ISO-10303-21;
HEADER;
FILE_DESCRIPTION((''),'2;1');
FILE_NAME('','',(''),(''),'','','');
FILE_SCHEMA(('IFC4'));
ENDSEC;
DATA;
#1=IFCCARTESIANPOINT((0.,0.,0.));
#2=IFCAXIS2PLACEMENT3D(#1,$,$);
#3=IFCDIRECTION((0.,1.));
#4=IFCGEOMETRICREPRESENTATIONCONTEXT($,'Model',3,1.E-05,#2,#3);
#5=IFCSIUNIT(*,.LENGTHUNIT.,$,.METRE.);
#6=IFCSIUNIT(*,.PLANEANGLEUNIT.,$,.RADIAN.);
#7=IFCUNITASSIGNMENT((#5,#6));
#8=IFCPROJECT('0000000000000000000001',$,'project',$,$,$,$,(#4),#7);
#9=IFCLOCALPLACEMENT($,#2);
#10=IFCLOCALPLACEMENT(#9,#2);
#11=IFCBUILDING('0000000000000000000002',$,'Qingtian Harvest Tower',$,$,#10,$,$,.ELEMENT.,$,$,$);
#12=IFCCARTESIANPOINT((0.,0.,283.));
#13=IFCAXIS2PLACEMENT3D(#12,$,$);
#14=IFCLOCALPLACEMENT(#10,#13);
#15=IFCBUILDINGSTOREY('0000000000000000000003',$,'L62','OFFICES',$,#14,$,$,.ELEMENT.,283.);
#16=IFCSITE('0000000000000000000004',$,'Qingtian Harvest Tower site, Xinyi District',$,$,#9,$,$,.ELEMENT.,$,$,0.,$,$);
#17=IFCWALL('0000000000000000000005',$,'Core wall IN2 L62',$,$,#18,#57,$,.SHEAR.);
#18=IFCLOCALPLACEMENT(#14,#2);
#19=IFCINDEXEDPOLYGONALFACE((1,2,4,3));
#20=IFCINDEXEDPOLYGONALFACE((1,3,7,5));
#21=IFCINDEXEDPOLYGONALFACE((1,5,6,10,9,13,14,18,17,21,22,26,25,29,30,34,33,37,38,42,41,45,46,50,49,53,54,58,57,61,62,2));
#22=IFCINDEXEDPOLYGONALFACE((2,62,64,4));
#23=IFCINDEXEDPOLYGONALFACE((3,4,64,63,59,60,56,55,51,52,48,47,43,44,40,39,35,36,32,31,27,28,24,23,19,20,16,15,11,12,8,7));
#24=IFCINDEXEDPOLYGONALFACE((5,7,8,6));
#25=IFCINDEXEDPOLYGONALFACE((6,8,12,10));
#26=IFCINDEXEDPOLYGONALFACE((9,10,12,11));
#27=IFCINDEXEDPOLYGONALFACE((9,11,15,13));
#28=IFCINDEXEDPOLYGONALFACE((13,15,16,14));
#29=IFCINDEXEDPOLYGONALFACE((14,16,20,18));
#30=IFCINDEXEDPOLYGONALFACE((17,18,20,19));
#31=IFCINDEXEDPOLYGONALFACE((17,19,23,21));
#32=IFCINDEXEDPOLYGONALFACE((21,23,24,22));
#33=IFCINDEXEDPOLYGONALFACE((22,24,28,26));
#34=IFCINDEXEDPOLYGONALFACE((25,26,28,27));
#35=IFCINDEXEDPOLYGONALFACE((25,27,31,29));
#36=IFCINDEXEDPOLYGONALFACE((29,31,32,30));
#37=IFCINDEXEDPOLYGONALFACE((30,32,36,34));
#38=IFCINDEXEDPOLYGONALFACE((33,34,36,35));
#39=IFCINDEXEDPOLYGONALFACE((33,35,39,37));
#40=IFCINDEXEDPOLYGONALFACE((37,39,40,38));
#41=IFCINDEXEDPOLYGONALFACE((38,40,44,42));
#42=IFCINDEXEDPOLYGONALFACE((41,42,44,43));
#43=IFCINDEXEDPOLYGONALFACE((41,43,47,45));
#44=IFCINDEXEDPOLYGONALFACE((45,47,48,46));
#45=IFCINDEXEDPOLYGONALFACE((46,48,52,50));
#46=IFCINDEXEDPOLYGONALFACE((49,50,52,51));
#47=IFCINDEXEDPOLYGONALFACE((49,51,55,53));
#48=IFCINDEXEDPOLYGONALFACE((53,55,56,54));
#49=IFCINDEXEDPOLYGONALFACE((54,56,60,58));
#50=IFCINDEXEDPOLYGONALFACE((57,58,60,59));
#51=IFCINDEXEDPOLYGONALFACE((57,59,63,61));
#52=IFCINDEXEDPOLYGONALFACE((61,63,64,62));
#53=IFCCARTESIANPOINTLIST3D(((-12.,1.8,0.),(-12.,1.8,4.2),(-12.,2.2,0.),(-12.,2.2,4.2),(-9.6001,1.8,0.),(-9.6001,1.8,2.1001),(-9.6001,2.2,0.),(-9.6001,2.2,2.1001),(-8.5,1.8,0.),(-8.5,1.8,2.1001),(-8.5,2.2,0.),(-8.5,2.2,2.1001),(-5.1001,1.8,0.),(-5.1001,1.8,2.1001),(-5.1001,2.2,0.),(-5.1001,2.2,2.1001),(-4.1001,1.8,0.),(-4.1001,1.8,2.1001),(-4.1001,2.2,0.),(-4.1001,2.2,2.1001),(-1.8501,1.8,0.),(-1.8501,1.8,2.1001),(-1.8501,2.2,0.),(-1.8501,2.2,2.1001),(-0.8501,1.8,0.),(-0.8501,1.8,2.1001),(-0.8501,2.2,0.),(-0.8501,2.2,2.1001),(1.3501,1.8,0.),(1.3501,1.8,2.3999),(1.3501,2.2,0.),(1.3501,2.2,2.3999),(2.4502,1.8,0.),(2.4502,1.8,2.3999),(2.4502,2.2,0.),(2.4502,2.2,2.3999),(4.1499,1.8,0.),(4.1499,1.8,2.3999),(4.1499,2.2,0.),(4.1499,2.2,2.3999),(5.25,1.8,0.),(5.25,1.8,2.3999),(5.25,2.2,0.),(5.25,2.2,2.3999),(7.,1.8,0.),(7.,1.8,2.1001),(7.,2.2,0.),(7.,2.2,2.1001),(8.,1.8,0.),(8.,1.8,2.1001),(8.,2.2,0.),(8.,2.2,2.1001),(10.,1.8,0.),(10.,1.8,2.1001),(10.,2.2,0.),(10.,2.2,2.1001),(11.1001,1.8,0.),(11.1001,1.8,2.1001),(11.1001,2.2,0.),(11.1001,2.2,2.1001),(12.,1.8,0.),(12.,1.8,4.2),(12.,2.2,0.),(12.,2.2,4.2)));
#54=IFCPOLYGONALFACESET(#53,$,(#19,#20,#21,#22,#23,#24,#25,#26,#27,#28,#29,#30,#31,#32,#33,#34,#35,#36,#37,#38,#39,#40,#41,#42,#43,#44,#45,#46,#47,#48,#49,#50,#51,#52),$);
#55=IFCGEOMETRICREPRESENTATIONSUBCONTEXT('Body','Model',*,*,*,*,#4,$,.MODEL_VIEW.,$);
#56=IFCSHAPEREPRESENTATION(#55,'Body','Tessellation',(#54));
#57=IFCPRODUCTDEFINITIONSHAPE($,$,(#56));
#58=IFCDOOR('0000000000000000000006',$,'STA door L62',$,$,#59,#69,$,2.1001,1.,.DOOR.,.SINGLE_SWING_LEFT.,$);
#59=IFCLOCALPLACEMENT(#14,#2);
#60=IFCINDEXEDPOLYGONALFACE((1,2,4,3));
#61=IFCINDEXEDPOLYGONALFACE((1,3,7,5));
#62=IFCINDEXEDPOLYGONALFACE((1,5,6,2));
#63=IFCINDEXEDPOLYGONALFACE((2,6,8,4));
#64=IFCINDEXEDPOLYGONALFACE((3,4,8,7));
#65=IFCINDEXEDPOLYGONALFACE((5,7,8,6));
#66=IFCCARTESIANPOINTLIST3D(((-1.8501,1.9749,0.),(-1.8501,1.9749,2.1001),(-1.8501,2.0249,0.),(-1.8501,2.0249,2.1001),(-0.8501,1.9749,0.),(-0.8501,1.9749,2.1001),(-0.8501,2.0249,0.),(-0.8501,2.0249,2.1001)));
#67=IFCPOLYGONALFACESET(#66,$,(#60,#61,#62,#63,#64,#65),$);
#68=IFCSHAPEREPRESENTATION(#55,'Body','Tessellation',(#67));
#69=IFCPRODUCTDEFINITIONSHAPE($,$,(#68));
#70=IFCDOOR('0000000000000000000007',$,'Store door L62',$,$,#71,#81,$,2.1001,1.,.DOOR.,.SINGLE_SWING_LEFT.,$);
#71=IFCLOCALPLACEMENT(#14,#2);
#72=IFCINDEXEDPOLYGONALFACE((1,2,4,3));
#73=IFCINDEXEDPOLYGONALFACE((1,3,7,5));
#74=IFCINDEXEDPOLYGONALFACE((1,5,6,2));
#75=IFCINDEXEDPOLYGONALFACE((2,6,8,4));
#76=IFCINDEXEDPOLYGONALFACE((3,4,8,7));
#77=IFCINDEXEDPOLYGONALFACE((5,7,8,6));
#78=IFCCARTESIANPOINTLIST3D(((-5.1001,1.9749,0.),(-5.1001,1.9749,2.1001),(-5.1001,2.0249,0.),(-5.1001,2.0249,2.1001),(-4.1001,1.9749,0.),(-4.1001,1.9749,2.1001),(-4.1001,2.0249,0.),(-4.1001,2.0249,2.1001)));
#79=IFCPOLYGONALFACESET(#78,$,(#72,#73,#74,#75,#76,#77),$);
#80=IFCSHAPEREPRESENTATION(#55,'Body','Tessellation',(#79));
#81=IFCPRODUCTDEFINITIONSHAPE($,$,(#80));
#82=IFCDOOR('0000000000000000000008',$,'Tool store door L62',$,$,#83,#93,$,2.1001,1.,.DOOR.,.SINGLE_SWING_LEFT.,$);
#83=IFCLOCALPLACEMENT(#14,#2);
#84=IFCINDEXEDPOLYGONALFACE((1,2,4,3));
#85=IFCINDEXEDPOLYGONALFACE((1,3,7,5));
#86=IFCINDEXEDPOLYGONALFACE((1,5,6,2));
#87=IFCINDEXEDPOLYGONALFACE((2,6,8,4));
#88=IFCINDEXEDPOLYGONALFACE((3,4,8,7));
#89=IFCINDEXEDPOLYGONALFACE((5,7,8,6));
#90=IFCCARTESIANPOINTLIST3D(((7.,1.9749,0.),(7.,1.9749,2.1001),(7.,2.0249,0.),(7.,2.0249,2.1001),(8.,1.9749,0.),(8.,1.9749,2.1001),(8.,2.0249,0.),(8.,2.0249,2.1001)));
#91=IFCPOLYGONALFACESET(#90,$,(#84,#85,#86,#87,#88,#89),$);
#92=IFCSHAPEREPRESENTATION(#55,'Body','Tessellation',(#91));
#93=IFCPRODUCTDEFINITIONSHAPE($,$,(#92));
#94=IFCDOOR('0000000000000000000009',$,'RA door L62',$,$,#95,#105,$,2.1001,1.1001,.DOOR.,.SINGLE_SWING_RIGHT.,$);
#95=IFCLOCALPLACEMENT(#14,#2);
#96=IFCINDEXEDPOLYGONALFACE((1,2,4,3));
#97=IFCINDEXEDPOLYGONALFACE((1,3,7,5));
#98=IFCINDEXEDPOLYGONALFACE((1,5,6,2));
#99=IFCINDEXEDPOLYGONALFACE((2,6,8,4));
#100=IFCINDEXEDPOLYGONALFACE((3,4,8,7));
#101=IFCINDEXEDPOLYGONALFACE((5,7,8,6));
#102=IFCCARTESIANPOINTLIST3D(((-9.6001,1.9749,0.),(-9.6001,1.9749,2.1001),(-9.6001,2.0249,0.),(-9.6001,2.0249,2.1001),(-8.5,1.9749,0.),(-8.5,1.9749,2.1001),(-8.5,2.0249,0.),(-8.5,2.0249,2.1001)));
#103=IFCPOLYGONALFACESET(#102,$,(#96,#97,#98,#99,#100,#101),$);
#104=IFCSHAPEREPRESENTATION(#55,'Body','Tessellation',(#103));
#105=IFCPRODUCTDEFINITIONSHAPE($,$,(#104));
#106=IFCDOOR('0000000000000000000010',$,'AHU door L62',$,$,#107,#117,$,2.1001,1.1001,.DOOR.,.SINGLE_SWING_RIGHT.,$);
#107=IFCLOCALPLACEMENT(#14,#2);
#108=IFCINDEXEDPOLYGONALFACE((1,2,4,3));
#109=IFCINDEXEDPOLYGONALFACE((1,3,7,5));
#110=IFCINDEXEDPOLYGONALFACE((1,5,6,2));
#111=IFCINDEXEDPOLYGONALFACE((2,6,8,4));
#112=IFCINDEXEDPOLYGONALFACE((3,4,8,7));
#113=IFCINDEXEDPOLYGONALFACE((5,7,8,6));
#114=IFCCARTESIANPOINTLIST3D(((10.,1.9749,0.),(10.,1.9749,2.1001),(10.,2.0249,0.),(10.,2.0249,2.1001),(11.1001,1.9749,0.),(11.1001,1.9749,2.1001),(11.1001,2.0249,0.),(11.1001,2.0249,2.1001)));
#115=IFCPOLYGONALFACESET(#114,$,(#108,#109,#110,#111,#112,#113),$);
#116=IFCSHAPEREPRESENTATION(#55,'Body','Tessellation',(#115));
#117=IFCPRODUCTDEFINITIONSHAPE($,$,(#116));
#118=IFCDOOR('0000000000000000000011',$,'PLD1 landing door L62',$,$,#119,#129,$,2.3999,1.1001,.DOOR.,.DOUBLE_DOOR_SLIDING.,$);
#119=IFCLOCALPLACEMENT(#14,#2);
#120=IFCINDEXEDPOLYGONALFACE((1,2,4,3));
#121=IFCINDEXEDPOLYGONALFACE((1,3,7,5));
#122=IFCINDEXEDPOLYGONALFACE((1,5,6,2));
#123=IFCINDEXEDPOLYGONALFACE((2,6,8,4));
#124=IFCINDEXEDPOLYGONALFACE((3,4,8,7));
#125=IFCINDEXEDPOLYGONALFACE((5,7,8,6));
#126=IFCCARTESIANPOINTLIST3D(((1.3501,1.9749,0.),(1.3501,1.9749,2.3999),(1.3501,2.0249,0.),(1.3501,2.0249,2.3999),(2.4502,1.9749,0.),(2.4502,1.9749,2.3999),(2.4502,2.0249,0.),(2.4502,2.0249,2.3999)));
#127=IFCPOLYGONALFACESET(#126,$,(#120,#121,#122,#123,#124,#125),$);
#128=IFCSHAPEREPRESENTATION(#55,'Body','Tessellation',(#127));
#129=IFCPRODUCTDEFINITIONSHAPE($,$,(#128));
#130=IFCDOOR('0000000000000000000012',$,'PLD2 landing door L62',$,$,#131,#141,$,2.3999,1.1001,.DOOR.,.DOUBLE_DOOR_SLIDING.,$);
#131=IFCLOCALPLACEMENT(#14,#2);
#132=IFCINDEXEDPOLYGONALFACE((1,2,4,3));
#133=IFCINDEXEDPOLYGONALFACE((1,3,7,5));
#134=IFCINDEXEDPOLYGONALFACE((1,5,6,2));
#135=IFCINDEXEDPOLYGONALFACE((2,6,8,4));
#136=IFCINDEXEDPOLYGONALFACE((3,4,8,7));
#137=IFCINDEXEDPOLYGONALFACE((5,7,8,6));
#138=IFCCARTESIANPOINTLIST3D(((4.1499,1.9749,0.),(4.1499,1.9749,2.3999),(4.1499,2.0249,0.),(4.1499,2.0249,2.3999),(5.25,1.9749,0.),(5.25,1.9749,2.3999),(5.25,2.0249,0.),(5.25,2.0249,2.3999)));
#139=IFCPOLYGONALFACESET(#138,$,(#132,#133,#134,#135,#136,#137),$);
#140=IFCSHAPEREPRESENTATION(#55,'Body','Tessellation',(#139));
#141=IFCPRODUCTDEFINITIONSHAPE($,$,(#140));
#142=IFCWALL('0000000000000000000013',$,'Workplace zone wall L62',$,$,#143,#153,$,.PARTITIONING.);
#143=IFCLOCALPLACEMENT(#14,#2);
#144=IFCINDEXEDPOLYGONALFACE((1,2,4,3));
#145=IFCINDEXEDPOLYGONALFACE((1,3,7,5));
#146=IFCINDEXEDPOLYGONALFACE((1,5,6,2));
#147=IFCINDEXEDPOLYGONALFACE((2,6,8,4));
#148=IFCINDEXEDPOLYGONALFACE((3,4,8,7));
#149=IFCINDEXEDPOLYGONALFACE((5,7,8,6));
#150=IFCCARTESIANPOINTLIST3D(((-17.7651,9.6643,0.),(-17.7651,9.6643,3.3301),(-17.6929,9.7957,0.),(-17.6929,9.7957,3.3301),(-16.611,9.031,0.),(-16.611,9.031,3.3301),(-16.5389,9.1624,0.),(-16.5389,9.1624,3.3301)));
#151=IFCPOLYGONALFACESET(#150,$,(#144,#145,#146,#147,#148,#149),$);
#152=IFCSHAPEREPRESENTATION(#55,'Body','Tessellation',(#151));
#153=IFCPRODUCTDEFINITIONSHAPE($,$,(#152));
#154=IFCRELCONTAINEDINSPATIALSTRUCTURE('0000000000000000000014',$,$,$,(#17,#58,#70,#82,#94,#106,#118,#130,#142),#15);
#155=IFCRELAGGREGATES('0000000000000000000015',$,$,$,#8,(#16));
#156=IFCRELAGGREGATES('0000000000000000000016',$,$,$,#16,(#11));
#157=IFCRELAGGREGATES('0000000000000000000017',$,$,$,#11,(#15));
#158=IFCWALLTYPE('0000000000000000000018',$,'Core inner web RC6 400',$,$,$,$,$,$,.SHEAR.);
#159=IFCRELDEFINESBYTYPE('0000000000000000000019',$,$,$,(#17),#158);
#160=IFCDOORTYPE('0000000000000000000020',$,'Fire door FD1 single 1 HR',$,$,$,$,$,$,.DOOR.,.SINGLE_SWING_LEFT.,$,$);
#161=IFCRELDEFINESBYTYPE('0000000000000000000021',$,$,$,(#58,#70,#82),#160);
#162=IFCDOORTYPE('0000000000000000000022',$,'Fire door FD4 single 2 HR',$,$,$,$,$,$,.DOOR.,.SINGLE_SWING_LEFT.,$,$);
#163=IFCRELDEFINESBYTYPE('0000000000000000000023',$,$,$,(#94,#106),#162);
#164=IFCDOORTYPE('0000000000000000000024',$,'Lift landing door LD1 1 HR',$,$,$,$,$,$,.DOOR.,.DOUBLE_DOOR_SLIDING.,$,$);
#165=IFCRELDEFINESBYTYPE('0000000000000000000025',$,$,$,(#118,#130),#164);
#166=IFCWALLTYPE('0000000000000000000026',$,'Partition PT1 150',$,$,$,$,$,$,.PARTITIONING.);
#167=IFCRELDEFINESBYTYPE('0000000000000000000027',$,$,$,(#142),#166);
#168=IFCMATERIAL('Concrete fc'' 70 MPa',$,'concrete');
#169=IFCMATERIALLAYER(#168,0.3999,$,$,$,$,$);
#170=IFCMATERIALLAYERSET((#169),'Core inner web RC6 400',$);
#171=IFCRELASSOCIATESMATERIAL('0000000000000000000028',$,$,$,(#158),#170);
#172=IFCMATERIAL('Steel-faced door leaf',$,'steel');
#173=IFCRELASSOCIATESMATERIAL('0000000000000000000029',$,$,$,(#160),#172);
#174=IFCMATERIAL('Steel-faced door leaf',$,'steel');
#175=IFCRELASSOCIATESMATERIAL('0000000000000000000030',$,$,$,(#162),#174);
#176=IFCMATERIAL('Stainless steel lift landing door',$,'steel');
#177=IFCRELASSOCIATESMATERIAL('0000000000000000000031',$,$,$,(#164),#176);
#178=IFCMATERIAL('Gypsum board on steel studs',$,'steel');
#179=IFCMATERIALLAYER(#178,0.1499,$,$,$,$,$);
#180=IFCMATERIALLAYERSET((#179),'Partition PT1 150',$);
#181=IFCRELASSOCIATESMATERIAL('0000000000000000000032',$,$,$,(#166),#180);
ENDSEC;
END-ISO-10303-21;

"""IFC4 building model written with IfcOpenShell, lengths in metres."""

from ifc_helpers import new_model, si_unit, direction, frame, frame_2d, origin, place, context, subcontext, project, spatial, rectangle, extrude, material, layer, layer_set, type_object, element, fill, save


model = new_model("IFC4")

# Units and contexts
model_context = context("Model", 3, precision=1e-05, world=origin(), true_north=direction((0.0, 1.0)))
body_context = subcontext(model_context, "Body", "Model", "MODEL_VIEW")
ifc_project = project(units=[si_unit("LENGTHUNIT", "METRE"), si_unit("PLANEANGLEUNIT", "RADIAN")], contexts=[model_context])

# Site, building, storey
site_placement = place(None, origin())
site = spatial("IfcSite", under=ifc_project, at=site_placement, Name="Qingtian Harvest Tower site, Xinyi District", CompositionType="ELEMENT", RefElevation=0.0)
building_placement = place(site_placement, origin())
building = spatial("IfcBuilding", under=site, at=building_placement, Name="Qingtian Harvest Tower", CompositionType="ELEMENT")
storey_placement = place(building_placement, frame((0.0, 0.0, 283.0)))
storey = spatial("IfcBuildingStorey", under=building, at=storey_placement, Name="L62", Description="OFFICES", CompositionType="ELEMENT", Elevation=283.0)

# Wall, openings, doors
ifc_material_1 = material(Name="Concrete fc' 70 MPa", Category="concrete")
ifc_layer_1 = layer(ifc_material_1, 0.3999)
ifc_layer_set_1 = layer_set([ifc_layer_1], Name="Core inner web RC6 400")
wall_type_1 = type_object("IfcWallType", Name="Core inner web RC6 400", PredefinedType="SHEAR", material=ifc_layer_set_1)
wall_1_placement = place(storey_placement, frame((-12.0, 2.0, 0.0), z_axis=(0.0, 0.0, 1.0), x_axis=(1.0, 0.0, 0.0)))
wall_1 = element("IfcWall", 1, at=wall_1_placement, inside=storey, type_object=wall_type_1, Name="Core wall IN2 L62", PredefinedType="SHEAR", context=body_context, shape_type="SweptSolid", body=[
    extrude(rectangle(XDim=24.0, YDim=0.3999, at=frame_2d((12.0, 0.0))), origin(), (0.0, 0.0, 1.0), 4.2),
])
opening_1_placement = place(wall_1_placement, frame((2.3999, 0.0, 0.0)))
opening_1 = element("IfcOpeningElement", 2, at=opening_1_placement, cuts=wall_1, PredefinedType="OPENING", context=body_context, shape_type="SweptSolid", body=[
    extrude(rectangle(XDim=1.1001, YDim=2.1001, at=frame_2d((0.55, 1.05))), frame((0.0, 0.21, 0.0), z_axis=(0.0, -1.0, 0.0), x_axis=(1.0, 0.0, 0.0)), (0.0, 0.0, 1.0), 0.4199),
])
opening_2_placement = place(wall_1_placement, frame((22.0, 0.0, 0.0)))
opening_2 = element("IfcOpeningElement", 3, at=opening_2_placement, cuts=wall_1, PredefinedType="OPENING", context=body_context, shape_type="SweptSolid", body=[
    extrude(rectangle(XDim=1.1001, YDim=2.1001, at=frame_2d((0.55, 1.05))), frame((0.0, 0.21, 0.0), z_axis=(0.0, -1.0, 0.0), x_axis=(1.0, 0.0, 0.0)), (0.0, 0.0, 1.0), 0.4199),
])
opening_3_placement = place(wall_1_placement, frame((10.1499, 0.0, 0.0)))
opening_3 = element("IfcOpeningElement", 4, at=opening_3_placement, cuts=wall_1, PredefinedType="OPENING", context=body_context, shape_type="SweptSolid", body=[
    extrude(rectangle(XDim=1.0, YDim=2.1001, at=frame_2d((0.5, 1.05))), frame((0.0, 0.21, 0.0), z_axis=(0.0, -1.0, 0.0), x_axis=(1.0, 0.0, 0.0)), (0.0, 0.0, 1.0), 0.4199),
])
opening_4_placement = place(wall_1_placement, frame((6.8999, 0.0, 0.0)))
opening_4 = element("IfcOpeningElement", 5, at=opening_4_placement, cuts=wall_1, PredefinedType="OPENING", context=body_context, shape_type="SweptSolid", body=[
    extrude(rectangle(XDim=1.0, YDim=2.1001, at=frame_2d((0.5, 1.05))), frame((0.0, 0.21, 0.0), z_axis=(0.0, -1.0, 0.0), x_axis=(1.0, 0.0, 0.0)), (0.0, 0.0, 1.0), 0.4199),
])
opening_5_placement = place(wall_1_placement, frame((13.3501, 0.0, 0.0)))
opening_5 = element("IfcOpeningElement", 6, at=opening_5_placement, cuts=wall_1, PredefinedType="OPENING", context=body_context, shape_type="SweptSolid", body=[
    extrude(rectangle(XDim=1.1001, YDim=2.3999, at=frame_2d((0.55, 1.2))), frame((0.0, 0.21, 0.0), z_axis=(0.0, -1.0, 0.0), x_axis=(1.0, 0.0, 0.0)), (0.0, 0.0, 1.0), 0.4199),
])
opening_6_placement = place(wall_1_placement, frame((16.1499, 0.0, 0.0)))
opening_6 = element("IfcOpeningElement", 7, at=opening_6_placement, cuts=wall_1, PredefinedType="OPENING", context=body_context, shape_type="SweptSolid", body=[
    extrude(rectangle(XDim=1.1001, YDim=2.3999, at=frame_2d((0.55, 1.2))), frame((0.0, 0.21, 0.0), z_axis=(0.0, -1.0, 0.0), x_axis=(1.0, 0.0, 0.0)), (0.0, 0.0, 1.0), 0.4199),
])
opening_7_placement = place(wall_1_placement, frame((19.0, 0.0, 0.0)))
opening_7 = element("IfcOpeningElement", 8, at=opening_7_placement, cuts=wall_1, PredefinedType="OPENING", context=body_context, shape_type="SweptSolid", body=[
    extrude(rectangle(XDim=1.0, YDim=2.1001, at=frame_2d((0.5, 1.05))), frame((0.0, 0.21, 0.0), z_axis=(0.0, -1.0, 0.0), x_axis=(1.0, 0.0, 0.0)), (0.0, 0.0, 1.0), 0.4199),
])
ifc_material_2 = material(Name="Steel-faced door leaf", Category="steel")
door_type_1 = type_object("IfcDoorType", Name="Fire door FD1 single 1 HR", OperationType="SINGLE_SWING_LEFT", PredefinedType="DOOR", material=ifc_material_2)
door_1_placement = place(opening_3_placement, origin())
door_1 = element("IfcDoor", 9, at=door_1_placement, inside=storey, type_object=door_type_1, Name="STA door L62", OperationType="SINGLE_SWING_LEFT", OverallHeight=2.1001, OverallWidth=1.0, PredefinedType="DOOR", context=body_context, shape_type="SweptSolid", body=[
    extrude(rectangle(XDim=1.0, YDim=2.1001, at=frame_2d((0.5, 1.05))), frame((0.0, 0.0249, 0.0), z_axis=(0.0, -1.0, 0.0), x_axis=(1.0, 0.0, 0.0)), (0.0, 0.0, 1.0), 0.05),
])
fill(opening_3, door_1)
door_2_placement = place(opening_4_placement, origin())
door_2 = element("IfcDoor", 10, at=door_2_placement, inside=storey, type_object=door_type_1, Name="Store door L62", OperationType="SINGLE_SWING_LEFT", OverallHeight=2.1001, OverallWidth=1.0, PredefinedType="DOOR", context=body_context, shape_type="SweptSolid", body=[
    extrude(rectangle(XDim=1.0, YDim=2.1001, at=frame_2d((0.5, 1.05))), frame((0.0, 0.0249, 0.0), z_axis=(0.0, -1.0, 0.0), x_axis=(1.0, 0.0, 0.0)), (0.0, 0.0, 1.0), 0.05),
])
fill(opening_4, door_2)
door_3_placement = place(opening_7_placement, origin())
door_3 = element("IfcDoor", 11, at=door_3_placement, inside=storey, type_object=door_type_1, Name="Tool store door L62", OperationType="SINGLE_SWING_LEFT", OverallHeight=2.1001, OverallWidth=1.0, PredefinedType="DOOR", context=body_context, shape_type="SweptSolid", body=[
    extrude(rectangle(XDim=1.0, YDim=2.1001, at=frame_2d((0.5, 1.05))), frame((0.0, 0.0249, 0.0), z_axis=(0.0, -1.0, 0.0), x_axis=(1.0, 0.0, 0.0)), (0.0, 0.0, 1.0), 0.05),
])
fill(opening_7, door_3)
ifc_material_3 = material(Name="Steel-faced door leaf", Category="steel")
door_type_2 = type_object("IfcDoorType", Name="Fire door FD4 single 2 HR", OperationType="SINGLE_SWING_LEFT", PredefinedType="DOOR", material=ifc_material_3)
door_4_placement = place(opening_1_placement, origin())
door_4 = element("IfcDoor", 12, at=door_4_placement, inside=storey, type_object=door_type_2, Name="RA door L62", OperationType="SINGLE_SWING_RIGHT", OverallHeight=2.1001, OverallWidth=1.1001, PredefinedType="DOOR", context=body_context, shape_type="SweptSolid", body=[
    extrude(rectangle(XDim=1.1001, YDim=2.1001, at=frame_2d((0.55, 1.05))), frame((0.0, 0.0249, 0.0), z_axis=(0.0, -1.0, 0.0), x_axis=(1.0, 0.0, 0.0)), (0.0, 0.0, 1.0), 0.05),
])
fill(opening_1, door_4)
door_5_placement = place(opening_2_placement, origin())
door_5 = element("IfcDoor", 13, at=door_5_placement, inside=storey, type_object=door_type_2, Name="AHU door L62", OperationType="SINGLE_SWING_RIGHT", OverallHeight=2.1001, OverallWidth=1.1001, PredefinedType="DOOR", context=body_context, shape_type="SweptSolid", body=[
    extrude(rectangle(XDim=1.1001, YDim=2.1001, at=frame_2d((0.55, 1.05))), frame((0.0, 0.0249, 0.0), z_axis=(0.0, -1.0, 0.0), x_axis=(1.0, 0.0, 0.0)), (0.0, 0.0, 1.0), 0.05),
])
fill(opening_2, door_5)
ifc_material_4 = material(Name="Stainless steel lift landing door", Category="steel")
door_type_3 = type_object("IfcDoorType", Name="Lift landing door LD1 1 HR", OperationType="DOUBLE_DOOR_SLIDING", PredefinedType="DOOR", material=ifc_material_4)
door_6_placement = place(opening_5_placement, origin())
door_6 = element("IfcDoor", 14, at=door_6_placement, inside=storey, type_object=door_type_3, Name="PLD1 landing door L62", OperationType="DOUBLE_DOOR_SLIDING", OverallHeight=2.3999, OverallWidth=1.1001, PredefinedType="DOOR", context=body_context, shape_type="SweptSolid", body=[
    extrude(rectangle(XDim=1.1001, YDim=2.3999, at=frame_2d((0.55, 1.2))), frame((0.0, 0.0249, 0.0), z_axis=(0.0, -1.0, 0.0), x_axis=(1.0, 0.0, 0.0)), (0.0, 0.0, 1.0), 0.05),
])
fill(opening_5, door_6)
door_7_placement = place(opening_6_placement, origin())
door_7 = element("IfcDoor", 15, at=door_7_placement, inside=storey, type_object=door_type_3, Name="PLD2 landing door L62", OperationType="DOUBLE_DOOR_SLIDING", OverallHeight=2.3999, OverallWidth=1.1001, PredefinedType="DOOR", context=body_context, shape_type="SweptSolid", body=[
    extrude(rectangle(XDim=1.1001, YDim=2.3999, at=frame_2d((0.55, 1.2))), frame((0.0, 0.0249, 0.0), z_axis=(0.0, -1.0, 0.0), x_axis=(1.0, 0.0, 0.0)), (0.0, 0.0, 1.0), 0.05),
])
fill(opening_6, door_7)

# Wall
ifc_material_5 = material(Name="Gypsum board on steel studs", Category="steel")
ifc_layer_2 = layer(ifc_material_5, 0.1499)
ifc_layer_set_2 = layer_set([ifc_layer_2], Name="Partition PT1 150")
wall_type_2 = type_object("IfcWallType", Name="Partition PT1 150", PredefinedType="PARTITIONING", material=ifc_layer_set_2)
wall_2_placement = place(storey_placement, frame((-17.729, 9.73, 0.0), z_axis=(0.0, 0.0, 1.0), x_axis=(0.876674, -0.481086, 0.0)))
element("IfcWall", 16, at=wall_2_placement, inside=storey, type_object=wall_type_2, Name="Workplace zone wall L62", PredefinedType="PARTITIONING", context=body_context, shape_type="SweptSolid", body=[
    extrude(rectangle(XDim=1.3164, YDim=0.1499, at=frame_2d((0.6582, 0.0))), origin(), (0.0, 0.0, 1.0), 3.3301),
])

save(model, "model.ifc")
